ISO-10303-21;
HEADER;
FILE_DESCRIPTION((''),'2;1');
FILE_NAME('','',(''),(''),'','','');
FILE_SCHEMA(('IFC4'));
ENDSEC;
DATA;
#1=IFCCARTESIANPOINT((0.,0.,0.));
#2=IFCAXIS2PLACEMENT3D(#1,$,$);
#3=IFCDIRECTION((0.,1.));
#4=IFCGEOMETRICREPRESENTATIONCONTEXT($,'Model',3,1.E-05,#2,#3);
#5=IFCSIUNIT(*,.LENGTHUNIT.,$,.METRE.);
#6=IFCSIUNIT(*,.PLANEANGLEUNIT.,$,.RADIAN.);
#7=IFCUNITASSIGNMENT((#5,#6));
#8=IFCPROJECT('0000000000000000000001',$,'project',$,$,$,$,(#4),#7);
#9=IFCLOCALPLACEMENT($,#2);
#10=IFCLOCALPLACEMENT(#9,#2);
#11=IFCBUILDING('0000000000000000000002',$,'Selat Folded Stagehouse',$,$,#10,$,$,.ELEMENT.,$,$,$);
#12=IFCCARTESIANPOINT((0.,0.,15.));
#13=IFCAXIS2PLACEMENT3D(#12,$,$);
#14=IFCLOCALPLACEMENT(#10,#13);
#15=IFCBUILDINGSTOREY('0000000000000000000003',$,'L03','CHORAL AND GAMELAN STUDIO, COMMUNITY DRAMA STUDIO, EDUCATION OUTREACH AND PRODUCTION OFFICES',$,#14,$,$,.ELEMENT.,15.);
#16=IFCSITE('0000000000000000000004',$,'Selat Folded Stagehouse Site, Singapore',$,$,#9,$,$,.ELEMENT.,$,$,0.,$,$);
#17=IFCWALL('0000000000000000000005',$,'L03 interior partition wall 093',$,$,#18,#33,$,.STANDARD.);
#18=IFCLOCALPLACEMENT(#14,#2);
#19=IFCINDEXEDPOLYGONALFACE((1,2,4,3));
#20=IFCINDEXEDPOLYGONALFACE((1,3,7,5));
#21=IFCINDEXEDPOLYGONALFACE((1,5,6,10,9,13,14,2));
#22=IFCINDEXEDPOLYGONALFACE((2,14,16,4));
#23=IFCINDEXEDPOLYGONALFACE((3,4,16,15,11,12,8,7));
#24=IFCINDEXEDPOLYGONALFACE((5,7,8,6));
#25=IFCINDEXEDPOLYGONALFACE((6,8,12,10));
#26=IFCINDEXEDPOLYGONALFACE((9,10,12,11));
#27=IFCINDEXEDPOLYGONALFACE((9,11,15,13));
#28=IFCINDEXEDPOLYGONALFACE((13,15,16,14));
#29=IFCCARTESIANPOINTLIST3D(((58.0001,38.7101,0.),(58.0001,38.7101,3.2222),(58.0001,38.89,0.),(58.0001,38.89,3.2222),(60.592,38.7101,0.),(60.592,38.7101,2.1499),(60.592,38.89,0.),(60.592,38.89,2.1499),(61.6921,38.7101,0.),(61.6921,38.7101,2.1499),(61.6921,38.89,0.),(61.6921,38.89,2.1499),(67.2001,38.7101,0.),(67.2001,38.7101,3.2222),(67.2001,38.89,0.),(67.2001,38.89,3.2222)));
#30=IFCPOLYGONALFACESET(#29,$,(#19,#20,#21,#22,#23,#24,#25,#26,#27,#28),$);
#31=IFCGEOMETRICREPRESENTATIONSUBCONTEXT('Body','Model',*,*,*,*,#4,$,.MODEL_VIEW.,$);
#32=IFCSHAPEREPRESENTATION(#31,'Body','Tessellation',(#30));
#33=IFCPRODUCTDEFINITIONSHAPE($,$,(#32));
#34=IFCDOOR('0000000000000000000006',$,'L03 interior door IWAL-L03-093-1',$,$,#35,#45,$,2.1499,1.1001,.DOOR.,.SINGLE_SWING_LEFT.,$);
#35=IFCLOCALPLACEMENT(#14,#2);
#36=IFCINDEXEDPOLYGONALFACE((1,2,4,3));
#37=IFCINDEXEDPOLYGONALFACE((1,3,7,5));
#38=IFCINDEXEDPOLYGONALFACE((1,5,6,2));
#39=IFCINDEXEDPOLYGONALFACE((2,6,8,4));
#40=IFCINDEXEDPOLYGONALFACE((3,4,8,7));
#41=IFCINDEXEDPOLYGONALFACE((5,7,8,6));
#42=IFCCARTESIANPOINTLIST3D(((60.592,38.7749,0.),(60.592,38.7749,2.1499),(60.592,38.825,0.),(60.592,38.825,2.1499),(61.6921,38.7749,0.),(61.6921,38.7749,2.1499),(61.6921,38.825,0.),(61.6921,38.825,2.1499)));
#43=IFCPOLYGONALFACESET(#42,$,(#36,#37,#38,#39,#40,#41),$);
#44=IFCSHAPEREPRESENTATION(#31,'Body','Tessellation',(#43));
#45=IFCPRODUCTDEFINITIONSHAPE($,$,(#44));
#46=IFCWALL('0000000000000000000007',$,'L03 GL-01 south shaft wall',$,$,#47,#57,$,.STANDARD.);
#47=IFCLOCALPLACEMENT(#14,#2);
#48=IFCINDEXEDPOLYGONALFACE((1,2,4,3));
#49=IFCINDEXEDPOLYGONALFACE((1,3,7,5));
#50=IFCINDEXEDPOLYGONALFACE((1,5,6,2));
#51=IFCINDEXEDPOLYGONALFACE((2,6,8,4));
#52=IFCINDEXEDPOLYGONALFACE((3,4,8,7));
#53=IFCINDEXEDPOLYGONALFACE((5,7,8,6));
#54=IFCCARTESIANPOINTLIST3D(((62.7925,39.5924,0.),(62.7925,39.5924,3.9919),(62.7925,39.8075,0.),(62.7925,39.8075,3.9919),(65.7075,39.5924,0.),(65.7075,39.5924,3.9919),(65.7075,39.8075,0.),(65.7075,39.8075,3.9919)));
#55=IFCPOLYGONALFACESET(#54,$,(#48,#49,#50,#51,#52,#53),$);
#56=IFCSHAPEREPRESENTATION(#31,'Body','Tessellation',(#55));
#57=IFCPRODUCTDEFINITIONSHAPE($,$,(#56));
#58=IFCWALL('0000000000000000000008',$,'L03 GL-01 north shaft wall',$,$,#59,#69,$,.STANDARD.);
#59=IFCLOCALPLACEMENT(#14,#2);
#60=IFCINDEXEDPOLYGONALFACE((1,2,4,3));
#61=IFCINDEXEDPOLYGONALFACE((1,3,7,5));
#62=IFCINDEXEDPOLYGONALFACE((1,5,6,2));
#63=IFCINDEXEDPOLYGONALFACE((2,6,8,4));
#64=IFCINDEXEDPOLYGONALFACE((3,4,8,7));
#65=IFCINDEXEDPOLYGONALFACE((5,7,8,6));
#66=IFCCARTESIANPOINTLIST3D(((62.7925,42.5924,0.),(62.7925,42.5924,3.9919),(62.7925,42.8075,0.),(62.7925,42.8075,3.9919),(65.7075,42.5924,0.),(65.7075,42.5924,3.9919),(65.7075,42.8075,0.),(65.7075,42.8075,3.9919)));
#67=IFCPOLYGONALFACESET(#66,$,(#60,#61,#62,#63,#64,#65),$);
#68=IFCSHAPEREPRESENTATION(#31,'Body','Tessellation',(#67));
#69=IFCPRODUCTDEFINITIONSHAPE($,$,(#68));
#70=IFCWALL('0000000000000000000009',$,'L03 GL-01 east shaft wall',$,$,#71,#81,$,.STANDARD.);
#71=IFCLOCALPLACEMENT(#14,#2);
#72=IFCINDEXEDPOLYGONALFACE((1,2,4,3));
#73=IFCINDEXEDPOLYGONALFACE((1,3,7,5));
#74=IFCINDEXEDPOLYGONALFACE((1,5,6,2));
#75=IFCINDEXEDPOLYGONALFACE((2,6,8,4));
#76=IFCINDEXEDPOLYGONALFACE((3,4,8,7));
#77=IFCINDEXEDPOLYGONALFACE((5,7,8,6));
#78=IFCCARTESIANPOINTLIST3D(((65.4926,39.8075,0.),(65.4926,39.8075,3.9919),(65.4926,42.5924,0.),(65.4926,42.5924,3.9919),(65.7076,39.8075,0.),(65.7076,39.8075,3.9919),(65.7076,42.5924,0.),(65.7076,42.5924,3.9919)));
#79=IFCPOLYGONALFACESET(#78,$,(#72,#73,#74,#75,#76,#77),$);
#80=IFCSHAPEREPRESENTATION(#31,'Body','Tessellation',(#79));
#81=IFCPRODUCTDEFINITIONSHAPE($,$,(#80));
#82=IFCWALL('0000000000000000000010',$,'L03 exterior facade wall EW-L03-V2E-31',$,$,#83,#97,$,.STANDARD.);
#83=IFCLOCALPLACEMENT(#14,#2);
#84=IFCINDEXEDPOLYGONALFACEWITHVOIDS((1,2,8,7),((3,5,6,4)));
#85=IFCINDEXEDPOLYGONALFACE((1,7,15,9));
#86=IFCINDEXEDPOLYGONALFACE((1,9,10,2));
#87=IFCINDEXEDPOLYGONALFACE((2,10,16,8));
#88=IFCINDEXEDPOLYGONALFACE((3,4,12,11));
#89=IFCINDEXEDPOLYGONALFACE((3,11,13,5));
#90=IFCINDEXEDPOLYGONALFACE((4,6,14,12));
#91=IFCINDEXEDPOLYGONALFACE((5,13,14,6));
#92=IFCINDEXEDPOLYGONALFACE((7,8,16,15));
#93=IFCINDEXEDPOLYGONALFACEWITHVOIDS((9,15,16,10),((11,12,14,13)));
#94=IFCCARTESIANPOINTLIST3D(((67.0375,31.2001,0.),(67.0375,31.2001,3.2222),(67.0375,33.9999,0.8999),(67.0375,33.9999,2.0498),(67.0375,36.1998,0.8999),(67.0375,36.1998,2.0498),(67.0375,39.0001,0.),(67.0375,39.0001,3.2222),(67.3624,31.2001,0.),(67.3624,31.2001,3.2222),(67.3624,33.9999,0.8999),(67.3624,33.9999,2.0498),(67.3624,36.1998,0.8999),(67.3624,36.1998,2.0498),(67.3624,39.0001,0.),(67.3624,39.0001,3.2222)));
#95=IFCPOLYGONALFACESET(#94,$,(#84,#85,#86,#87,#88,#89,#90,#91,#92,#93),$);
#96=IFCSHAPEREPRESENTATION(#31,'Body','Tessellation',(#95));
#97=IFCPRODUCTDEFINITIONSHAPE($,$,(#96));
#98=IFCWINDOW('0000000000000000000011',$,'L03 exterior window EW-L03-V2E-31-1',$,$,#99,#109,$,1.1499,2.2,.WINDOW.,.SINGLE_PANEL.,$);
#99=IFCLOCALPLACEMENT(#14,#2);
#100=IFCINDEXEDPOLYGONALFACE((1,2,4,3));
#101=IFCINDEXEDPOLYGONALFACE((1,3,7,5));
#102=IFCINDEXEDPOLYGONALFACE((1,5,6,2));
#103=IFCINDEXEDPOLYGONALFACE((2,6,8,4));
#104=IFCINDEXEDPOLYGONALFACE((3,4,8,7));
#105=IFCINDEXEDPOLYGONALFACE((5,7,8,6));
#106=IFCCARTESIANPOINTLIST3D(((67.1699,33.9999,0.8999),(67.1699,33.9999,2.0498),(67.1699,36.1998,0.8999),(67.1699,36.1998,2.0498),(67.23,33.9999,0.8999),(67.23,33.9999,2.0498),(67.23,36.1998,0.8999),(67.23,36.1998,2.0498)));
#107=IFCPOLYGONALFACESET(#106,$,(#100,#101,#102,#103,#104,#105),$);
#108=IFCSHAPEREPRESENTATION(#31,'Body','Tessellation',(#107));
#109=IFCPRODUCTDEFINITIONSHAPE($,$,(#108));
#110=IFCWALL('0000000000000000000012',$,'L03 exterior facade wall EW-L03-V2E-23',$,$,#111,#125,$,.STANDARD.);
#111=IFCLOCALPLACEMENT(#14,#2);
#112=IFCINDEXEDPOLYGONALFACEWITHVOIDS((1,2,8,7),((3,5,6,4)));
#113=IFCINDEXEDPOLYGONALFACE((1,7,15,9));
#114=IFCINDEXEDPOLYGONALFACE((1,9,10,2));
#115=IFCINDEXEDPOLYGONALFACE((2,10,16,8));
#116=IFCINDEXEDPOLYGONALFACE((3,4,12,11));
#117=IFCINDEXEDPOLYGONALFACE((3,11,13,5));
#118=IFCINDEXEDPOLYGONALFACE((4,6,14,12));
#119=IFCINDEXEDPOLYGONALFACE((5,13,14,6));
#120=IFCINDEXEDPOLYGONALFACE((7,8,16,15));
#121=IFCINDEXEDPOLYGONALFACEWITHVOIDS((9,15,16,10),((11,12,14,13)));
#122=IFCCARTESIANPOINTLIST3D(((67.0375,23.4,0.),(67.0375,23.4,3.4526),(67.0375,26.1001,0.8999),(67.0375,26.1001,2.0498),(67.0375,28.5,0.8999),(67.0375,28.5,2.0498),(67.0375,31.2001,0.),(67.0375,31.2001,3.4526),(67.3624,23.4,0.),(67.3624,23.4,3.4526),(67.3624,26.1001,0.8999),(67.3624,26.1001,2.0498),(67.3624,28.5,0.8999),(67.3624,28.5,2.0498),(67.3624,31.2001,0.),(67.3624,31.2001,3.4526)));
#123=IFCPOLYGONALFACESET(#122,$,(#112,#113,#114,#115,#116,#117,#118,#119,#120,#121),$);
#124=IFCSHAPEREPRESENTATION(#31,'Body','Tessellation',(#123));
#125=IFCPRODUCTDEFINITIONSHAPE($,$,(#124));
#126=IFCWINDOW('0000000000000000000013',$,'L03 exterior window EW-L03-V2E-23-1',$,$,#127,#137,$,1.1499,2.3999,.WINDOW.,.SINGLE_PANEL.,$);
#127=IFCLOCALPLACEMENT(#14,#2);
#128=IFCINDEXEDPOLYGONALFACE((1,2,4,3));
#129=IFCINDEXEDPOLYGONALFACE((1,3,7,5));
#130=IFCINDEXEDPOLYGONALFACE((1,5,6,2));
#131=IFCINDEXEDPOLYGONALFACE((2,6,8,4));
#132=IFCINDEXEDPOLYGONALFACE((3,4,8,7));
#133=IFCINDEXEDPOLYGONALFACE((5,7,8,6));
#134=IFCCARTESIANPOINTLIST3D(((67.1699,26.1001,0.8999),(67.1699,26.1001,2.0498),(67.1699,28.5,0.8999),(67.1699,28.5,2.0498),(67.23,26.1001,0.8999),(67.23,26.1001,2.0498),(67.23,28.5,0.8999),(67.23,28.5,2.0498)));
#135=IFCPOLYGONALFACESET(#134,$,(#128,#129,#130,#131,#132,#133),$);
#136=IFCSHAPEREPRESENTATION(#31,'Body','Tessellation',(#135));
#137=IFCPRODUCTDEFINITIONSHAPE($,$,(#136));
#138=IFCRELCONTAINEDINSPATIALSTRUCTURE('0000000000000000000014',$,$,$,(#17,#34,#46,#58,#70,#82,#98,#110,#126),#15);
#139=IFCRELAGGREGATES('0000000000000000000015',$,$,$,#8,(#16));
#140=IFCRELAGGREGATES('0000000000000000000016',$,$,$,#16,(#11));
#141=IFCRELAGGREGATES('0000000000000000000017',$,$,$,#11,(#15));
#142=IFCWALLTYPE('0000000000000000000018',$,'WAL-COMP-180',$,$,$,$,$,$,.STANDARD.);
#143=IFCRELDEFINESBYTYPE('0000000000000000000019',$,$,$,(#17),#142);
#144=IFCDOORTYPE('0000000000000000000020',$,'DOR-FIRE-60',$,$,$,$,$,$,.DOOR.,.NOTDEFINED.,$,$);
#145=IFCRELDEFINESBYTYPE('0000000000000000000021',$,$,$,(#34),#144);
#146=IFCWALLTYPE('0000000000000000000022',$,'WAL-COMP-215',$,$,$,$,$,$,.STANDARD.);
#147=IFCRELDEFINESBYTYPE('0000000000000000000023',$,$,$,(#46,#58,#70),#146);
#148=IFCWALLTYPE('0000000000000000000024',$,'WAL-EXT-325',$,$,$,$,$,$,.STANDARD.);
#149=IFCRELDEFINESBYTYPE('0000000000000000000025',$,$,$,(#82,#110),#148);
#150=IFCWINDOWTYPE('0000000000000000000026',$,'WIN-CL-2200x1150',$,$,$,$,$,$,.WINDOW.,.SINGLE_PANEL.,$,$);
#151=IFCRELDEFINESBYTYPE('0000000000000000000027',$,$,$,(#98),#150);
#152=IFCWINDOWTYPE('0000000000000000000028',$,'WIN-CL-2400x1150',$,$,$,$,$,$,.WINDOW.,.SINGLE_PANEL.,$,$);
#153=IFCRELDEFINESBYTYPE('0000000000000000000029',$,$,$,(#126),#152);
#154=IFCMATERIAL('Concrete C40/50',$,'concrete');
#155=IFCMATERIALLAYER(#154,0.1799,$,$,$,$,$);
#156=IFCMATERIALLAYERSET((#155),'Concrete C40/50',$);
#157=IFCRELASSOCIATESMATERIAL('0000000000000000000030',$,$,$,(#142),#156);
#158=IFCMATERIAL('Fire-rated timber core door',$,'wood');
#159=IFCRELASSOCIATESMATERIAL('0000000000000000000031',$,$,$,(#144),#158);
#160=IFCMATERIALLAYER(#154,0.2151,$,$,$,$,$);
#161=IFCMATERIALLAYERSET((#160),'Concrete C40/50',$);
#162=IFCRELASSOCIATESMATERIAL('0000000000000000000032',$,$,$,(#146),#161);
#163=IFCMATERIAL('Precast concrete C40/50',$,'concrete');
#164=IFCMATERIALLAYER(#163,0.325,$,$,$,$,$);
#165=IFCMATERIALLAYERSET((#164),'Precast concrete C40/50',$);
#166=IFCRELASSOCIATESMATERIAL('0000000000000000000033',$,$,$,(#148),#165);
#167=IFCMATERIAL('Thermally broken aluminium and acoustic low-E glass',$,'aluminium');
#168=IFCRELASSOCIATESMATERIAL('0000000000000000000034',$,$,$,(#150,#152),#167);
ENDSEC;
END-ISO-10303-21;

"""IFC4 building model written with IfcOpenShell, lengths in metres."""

from ifc_helpers import new_model, si_unit, direction, frame, frame_2d, origin, place, context, subcontext, project, spatial, rectangle, extrude, material, layer, layer_set, type_object, element, fill, save


model = new_model("IFC4")

# Units and contexts
model_context = context("Model", 3, precision=1e-05, world=origin(), true_north=direction((0.0, 1.0)))
body_context = subcontext(model_context, "Body", "Model", "MODEL_VIEW")
ifc_project = project(units=[si_unit("LENGTHUNIT", "METRE"), si_unit("PLANEANGLEUNIT", "RADIAN")], contexts=[model_context])

# Site, building, storey
site_placement = place(None, origin())
site = spatial("IfcSite", under=ifc_project, at=site_placement, Name="Selat Folded Stagehouse Site, Singapore", CompositionType="ELEMENT", RefElevation=0.0)
building_placement = place(site_placement, origin())
building = spatial("IfcBuilding", under=site, at=building_placement, Name="Selat Folded Stagehouse", CompositionType="ELEMENT")
storey_placement = place(building_placement, frame((0.0, 0.0, 15.0)))
storey = spatial("IfcBuildingStorey", under=building, at=storey_placement, Name="L03", Description="CHORAL AND GAMELAN STUDIO, COMMUNITY DRAMA STUDIO, EDUCATION OUTREACH AND PRODUCTION OFFICES", CompositionType="ELEMENT", Elevation=15.0)

# Wall, opening, door
ifc_material_1 = material(Name="Concrete C40/50", Category="concrete")
ifc_layer_1 = layer(ifc_material_1, 0.1799)
ifc_layer_set_1 = layer_set([ifc_layer_1], Name="Concrete C40/50")
wall_type_1 = type_object("IfcWallType", Name="WAL-COMP-180", PredefinedType="STANDARD", material=ifc_layer_set_1)
wall_1_placement = place(storey_placement, frame((58.0, 38.8, 0.0), z_axis=(0.0, 0.0, 1.0), x_axis=(1.0, 0.0, 0.0)))
wall_1 = element("IfcWall", 1, at=wall_1_placement, inside=storey, type_object=wall_type_1, Name="L03 interior partition wall 093", PredefinedType="STANDARD", context=body_context, shape_type="SweptSolid", body=[
    extrude(rectangle(XDim=9.2, YDim=0.1799, at=frame_2d((4.6001, 0.0))), origin(), (0.0, 0.0, 1.0), 3.2222),
])
opening_1_placement = place(wall_1_placement, frame((2.592, 0.0, 0.0)))
opening_1 = element("IfcOpeningElement", 2, at=opening_1_placement, cuts=wall_1, PredefinedType="OPENING", context=body_context, shape_type="SweptSolid", body=[
    extrude(rectangle(XDim=1.1001, YDim=2.1499, at=frame_2d((0.55, 1.075))), frame((0.0, 0.0999, 0.0), z_axis=(0.0, -1.0, 0.0), x_axis=(1.0, 0.0, 0.0)), (0.0, 0.0, 1.0), 0.2),
])
ifc_material_2 = material(Name="Fire-rated timber core door", Category="wood")
door_type_1 = type_object("IfcDoorType", Name="DOR-FIRE-60", OperationType="NOTDEFINED", PredefinedType="DOOR", material=ifc_material_2)
door_1_placement = place(opening_1_placement, origin())
door_1 = element("IfcDoor", 3, at=door_1_placement, inside=storey, type_object=door_type_1, Name="L03 interior door IWAL-L03-093-1", OperationType="SINGLE_SWING_LEFT", OverallHeight=2.1499, OverallWidth=1.1001, PredefinedType="DOOR", context=body_context, shape_type="SweptSolid", body=[
    extrude(rectangle(XDim=1.1001, YDim=2.1499, at=frame_2d((0.55, 1.075))), frame((0.0, 0.0249, 0.0), z_axis=(0.0, -1.0, 0.0), x_axis=(1.0, 0.0, 0.0)), (0.0, 0.0, 1.0), 0.05),
])
fill(opening_1, door_1)

# Walls
ifc_layer_2 = layer(ifc_material_1, 0.2151)
ifc_layer_set_2 = layer_set([ifc_layer_2], Name="Concrete C40/50")
wall_type_2 = type_object("IfcWallType", Name="WAL-COMP-215", PredefinedType="STANDARD", material=ifc_layer_set_2)
for number, where, z_axis, x_axis, name in (
    (4, (65.7075, 39.7, 0.0), (0.0, 0.0, 1.0), (-1.0, 0.0, 0.0), "L03 GL-01 south shaft wall"),
    (5, (62.7925, 42.7, 0.0), (0.0, 0.0, 1.0), (1.0, 0.0, 0.0), "L03 GL-01 north shaft wall"),
):
    element("IfcWall", number, at=place(storey_placement, frame(where, z_axis=z_axis, x_axis=x_axis)), inside=storey, type_object=wall_type_2, Name=name, PredefinedType="STANDARD", context=body_context, shape_type="SweptSolid", body=[
        extrude(rectangle(XDim=2.915, YDim=0.2151, at=frame_2d((1.4575, 0.0))), origin(), (0.0, 0.0, 1.0), 3.9919),
    ])

# Wall
wall_2_placement = place(storey_placement, frame((65.6001, 42.5925, 0.0), z_axis=(0.0, 0.0, 1.0), x_axis=(0.0, -1.0, 0.0)))
element("IfcWall", 6, at=wall_2_placement, inside=storey, type_object=wall_type_2, Name="L03 GL-01 east shaft wall", PredefinedType="STANDARD", context=body_context, shape_type="SweptSolid", body=[
    extrude(rectangle(XDim=2.7849, YDim=0.2151, at=frame_2d((1.3926, 0.0))), origin(), (0.0, 0.0, 1.0), 3.9919),
])

# Walls, openings, windows
ifc_material_3 = material(Name="Precast concrete C40/50", Category="concrete")
ifc_layer_3 = layer(ifc_material_3, 0.325)
ifc_layer_set_3 = layer_set([ifc_layer_3], Name="Precast concrete C40/50")
wall_type_3 = type_object("IfcWallType", Name="WAL-EXT-325", PredefinedType="STANDARD", material=ifc_layer_set_3)
wall_3_placement = place(storey_placement, frame((67.2, 39.0, 0.0), z_axis=(0.0, 0.0, 1.0), x_axis=(0.0, -1.0, 0.0)))
wall_3 = element("IfcWall", 7, at=wall_3_placement, inside=storey, type_object=wall_type_3, Name="L03 exterior facade wall EW-L03-V2E-31", PredefinedType="STANDARD", context=body_context, shape_type="SweptSolid", body=[
    extrude(rectangle(XDim=7.8, YDim=0.325, at=frame_2d((3.8999, 0.0))), origin(), (0.0, 0.0, 1.0), 3.2222),
])
opening_2_placement = place(wall_3_placement, frame((2.8, 0.0, 0.8999)))
opening_2 = element("IfcOpeningElement", 8, at=opening_2_placement, cuts=wall_3, PredefinedType="OPENING", context=body_context, shape_type="SweptSolid", body=[
    extrude(rectangle(XDim=2.2, YDim=1.1499, at=frame_2d((1.1001, 0.575))), frame((0.0, 0.1724, 0.0), z_axis=(0.0, -1.0, 0.0), x_axis=(1.0, 0.0, 0.0)), (0.0, 0.0, 1.0), 0.345),
])
ifc_material_4 = material(Name="Thermally broken aluminium and acoustic low-E glass", Category="aluminium")
window_type_1 = type_object("IfcWindowType", Name="WIN-CL-2200x1150", PartitioningType="SINGLE_PANEL", PredefinedType="WINDOW", material=ifc_material_4)
window_1_placement = place(opening_2_placement, origin())
window_1 = element("IfcWindow", 9, at=window_1_placement, inside=storey, type_object=window_type_1, Name="L03 exterior window EW-L03-V2E-31-1", OverallHeight=1.1499, OverallWidth=2.2, PartitioningType="SINGLE_PANEL", PredefinedType="WINDOW", context=body_context, shape_type="SweptSolid", body=[
    extrude(rectangle(XDim=2.2, YDim=1.1499, at=frame_2d((1.1001, 0.575))), frame((0.0, 0.03, 0.0), z_axis=(0.0, -1.0, 0.0), x_axis=(1.0, 0.0, 0.0)), (0.0, 0.0, 1.0), 0.0601),
])
fill(opening_2, window_1)
wall_4_placement = place(storey_placement, frame((67.2, 31.2, 0.0), z_axis=(0.0, 0.0, 1.0), x_axis=(0.0, -1.0, 0.0)))
wall_4 = element("IfcWall", 10, at=wall_4_placement, inside=storey, type_object=wall_type_3, Name="L03 exterior facade wall EW-L03-V2E-23", PredefinedType="STANDARD", context=body_context, shape_type="SweptSolid", body=[
    extrude(rectangle(XDim=7.8, YDim=0.325, at=frame_2d((3.8999, 0.0))), origin(), (0.0, 0.0, 1.0), 3.4526),
])
opening_3_placement = place(wall_4_placement, frame((2.7, 0.0, 0.8999)))
opening_3 = element("IfcOpeningElement", 11, at=opening_3_placement, cuts=wall_4, PredefinedType="OPENING", context=body_context, shape_type="SweptSolid", body=[
    extrude(rectangle(XDim=2.3999, YDim=1.1499, at=frame_2d((1.2, 0.575))), frame((0.0, 0.1724, 0.0), z_axis=(0.0, -1.0, 0.0), x_axis=(1.0, 0.0, 0.0)), (0.0, 0.0, 1.0), 0.345),
])
window_type_2 = type_object("IfcWindowType", Name="WIN-CL-2400x1150", PartitioningType="SINGLE_PANEL", PredefinedType="WINDOW", material=ifc_material_4)
window_2_placement = place(opening_3_placement, origin())
window_2 = element("IfcWindow", 12, at=window_2_placement, inside=storey, type_object=window_type_2, Name="L03 exterior window EW-L03-V2E-23-1", OverallHeight=1.1499, OverallWidth=2.3999, PartitioningType="SINGLE_PANEL", PredefinedType="WINDOW", context=body_context, shape_type="SweptSolid", body=[
    extrude(rectangle(XDim=2.3999, YDim=1.1499, at=frame_2d((1.2, 0.575))), frame((0.0, 0.03, 0.0), z_axis=(0.0, -1.0, 0.0), x_axis=(1.0, 0.0, 0.0)), (0.0, 0.0, 1.0), 0.0601),
])
fill(opening_3, window_2)

save(model, "model.ifc")
